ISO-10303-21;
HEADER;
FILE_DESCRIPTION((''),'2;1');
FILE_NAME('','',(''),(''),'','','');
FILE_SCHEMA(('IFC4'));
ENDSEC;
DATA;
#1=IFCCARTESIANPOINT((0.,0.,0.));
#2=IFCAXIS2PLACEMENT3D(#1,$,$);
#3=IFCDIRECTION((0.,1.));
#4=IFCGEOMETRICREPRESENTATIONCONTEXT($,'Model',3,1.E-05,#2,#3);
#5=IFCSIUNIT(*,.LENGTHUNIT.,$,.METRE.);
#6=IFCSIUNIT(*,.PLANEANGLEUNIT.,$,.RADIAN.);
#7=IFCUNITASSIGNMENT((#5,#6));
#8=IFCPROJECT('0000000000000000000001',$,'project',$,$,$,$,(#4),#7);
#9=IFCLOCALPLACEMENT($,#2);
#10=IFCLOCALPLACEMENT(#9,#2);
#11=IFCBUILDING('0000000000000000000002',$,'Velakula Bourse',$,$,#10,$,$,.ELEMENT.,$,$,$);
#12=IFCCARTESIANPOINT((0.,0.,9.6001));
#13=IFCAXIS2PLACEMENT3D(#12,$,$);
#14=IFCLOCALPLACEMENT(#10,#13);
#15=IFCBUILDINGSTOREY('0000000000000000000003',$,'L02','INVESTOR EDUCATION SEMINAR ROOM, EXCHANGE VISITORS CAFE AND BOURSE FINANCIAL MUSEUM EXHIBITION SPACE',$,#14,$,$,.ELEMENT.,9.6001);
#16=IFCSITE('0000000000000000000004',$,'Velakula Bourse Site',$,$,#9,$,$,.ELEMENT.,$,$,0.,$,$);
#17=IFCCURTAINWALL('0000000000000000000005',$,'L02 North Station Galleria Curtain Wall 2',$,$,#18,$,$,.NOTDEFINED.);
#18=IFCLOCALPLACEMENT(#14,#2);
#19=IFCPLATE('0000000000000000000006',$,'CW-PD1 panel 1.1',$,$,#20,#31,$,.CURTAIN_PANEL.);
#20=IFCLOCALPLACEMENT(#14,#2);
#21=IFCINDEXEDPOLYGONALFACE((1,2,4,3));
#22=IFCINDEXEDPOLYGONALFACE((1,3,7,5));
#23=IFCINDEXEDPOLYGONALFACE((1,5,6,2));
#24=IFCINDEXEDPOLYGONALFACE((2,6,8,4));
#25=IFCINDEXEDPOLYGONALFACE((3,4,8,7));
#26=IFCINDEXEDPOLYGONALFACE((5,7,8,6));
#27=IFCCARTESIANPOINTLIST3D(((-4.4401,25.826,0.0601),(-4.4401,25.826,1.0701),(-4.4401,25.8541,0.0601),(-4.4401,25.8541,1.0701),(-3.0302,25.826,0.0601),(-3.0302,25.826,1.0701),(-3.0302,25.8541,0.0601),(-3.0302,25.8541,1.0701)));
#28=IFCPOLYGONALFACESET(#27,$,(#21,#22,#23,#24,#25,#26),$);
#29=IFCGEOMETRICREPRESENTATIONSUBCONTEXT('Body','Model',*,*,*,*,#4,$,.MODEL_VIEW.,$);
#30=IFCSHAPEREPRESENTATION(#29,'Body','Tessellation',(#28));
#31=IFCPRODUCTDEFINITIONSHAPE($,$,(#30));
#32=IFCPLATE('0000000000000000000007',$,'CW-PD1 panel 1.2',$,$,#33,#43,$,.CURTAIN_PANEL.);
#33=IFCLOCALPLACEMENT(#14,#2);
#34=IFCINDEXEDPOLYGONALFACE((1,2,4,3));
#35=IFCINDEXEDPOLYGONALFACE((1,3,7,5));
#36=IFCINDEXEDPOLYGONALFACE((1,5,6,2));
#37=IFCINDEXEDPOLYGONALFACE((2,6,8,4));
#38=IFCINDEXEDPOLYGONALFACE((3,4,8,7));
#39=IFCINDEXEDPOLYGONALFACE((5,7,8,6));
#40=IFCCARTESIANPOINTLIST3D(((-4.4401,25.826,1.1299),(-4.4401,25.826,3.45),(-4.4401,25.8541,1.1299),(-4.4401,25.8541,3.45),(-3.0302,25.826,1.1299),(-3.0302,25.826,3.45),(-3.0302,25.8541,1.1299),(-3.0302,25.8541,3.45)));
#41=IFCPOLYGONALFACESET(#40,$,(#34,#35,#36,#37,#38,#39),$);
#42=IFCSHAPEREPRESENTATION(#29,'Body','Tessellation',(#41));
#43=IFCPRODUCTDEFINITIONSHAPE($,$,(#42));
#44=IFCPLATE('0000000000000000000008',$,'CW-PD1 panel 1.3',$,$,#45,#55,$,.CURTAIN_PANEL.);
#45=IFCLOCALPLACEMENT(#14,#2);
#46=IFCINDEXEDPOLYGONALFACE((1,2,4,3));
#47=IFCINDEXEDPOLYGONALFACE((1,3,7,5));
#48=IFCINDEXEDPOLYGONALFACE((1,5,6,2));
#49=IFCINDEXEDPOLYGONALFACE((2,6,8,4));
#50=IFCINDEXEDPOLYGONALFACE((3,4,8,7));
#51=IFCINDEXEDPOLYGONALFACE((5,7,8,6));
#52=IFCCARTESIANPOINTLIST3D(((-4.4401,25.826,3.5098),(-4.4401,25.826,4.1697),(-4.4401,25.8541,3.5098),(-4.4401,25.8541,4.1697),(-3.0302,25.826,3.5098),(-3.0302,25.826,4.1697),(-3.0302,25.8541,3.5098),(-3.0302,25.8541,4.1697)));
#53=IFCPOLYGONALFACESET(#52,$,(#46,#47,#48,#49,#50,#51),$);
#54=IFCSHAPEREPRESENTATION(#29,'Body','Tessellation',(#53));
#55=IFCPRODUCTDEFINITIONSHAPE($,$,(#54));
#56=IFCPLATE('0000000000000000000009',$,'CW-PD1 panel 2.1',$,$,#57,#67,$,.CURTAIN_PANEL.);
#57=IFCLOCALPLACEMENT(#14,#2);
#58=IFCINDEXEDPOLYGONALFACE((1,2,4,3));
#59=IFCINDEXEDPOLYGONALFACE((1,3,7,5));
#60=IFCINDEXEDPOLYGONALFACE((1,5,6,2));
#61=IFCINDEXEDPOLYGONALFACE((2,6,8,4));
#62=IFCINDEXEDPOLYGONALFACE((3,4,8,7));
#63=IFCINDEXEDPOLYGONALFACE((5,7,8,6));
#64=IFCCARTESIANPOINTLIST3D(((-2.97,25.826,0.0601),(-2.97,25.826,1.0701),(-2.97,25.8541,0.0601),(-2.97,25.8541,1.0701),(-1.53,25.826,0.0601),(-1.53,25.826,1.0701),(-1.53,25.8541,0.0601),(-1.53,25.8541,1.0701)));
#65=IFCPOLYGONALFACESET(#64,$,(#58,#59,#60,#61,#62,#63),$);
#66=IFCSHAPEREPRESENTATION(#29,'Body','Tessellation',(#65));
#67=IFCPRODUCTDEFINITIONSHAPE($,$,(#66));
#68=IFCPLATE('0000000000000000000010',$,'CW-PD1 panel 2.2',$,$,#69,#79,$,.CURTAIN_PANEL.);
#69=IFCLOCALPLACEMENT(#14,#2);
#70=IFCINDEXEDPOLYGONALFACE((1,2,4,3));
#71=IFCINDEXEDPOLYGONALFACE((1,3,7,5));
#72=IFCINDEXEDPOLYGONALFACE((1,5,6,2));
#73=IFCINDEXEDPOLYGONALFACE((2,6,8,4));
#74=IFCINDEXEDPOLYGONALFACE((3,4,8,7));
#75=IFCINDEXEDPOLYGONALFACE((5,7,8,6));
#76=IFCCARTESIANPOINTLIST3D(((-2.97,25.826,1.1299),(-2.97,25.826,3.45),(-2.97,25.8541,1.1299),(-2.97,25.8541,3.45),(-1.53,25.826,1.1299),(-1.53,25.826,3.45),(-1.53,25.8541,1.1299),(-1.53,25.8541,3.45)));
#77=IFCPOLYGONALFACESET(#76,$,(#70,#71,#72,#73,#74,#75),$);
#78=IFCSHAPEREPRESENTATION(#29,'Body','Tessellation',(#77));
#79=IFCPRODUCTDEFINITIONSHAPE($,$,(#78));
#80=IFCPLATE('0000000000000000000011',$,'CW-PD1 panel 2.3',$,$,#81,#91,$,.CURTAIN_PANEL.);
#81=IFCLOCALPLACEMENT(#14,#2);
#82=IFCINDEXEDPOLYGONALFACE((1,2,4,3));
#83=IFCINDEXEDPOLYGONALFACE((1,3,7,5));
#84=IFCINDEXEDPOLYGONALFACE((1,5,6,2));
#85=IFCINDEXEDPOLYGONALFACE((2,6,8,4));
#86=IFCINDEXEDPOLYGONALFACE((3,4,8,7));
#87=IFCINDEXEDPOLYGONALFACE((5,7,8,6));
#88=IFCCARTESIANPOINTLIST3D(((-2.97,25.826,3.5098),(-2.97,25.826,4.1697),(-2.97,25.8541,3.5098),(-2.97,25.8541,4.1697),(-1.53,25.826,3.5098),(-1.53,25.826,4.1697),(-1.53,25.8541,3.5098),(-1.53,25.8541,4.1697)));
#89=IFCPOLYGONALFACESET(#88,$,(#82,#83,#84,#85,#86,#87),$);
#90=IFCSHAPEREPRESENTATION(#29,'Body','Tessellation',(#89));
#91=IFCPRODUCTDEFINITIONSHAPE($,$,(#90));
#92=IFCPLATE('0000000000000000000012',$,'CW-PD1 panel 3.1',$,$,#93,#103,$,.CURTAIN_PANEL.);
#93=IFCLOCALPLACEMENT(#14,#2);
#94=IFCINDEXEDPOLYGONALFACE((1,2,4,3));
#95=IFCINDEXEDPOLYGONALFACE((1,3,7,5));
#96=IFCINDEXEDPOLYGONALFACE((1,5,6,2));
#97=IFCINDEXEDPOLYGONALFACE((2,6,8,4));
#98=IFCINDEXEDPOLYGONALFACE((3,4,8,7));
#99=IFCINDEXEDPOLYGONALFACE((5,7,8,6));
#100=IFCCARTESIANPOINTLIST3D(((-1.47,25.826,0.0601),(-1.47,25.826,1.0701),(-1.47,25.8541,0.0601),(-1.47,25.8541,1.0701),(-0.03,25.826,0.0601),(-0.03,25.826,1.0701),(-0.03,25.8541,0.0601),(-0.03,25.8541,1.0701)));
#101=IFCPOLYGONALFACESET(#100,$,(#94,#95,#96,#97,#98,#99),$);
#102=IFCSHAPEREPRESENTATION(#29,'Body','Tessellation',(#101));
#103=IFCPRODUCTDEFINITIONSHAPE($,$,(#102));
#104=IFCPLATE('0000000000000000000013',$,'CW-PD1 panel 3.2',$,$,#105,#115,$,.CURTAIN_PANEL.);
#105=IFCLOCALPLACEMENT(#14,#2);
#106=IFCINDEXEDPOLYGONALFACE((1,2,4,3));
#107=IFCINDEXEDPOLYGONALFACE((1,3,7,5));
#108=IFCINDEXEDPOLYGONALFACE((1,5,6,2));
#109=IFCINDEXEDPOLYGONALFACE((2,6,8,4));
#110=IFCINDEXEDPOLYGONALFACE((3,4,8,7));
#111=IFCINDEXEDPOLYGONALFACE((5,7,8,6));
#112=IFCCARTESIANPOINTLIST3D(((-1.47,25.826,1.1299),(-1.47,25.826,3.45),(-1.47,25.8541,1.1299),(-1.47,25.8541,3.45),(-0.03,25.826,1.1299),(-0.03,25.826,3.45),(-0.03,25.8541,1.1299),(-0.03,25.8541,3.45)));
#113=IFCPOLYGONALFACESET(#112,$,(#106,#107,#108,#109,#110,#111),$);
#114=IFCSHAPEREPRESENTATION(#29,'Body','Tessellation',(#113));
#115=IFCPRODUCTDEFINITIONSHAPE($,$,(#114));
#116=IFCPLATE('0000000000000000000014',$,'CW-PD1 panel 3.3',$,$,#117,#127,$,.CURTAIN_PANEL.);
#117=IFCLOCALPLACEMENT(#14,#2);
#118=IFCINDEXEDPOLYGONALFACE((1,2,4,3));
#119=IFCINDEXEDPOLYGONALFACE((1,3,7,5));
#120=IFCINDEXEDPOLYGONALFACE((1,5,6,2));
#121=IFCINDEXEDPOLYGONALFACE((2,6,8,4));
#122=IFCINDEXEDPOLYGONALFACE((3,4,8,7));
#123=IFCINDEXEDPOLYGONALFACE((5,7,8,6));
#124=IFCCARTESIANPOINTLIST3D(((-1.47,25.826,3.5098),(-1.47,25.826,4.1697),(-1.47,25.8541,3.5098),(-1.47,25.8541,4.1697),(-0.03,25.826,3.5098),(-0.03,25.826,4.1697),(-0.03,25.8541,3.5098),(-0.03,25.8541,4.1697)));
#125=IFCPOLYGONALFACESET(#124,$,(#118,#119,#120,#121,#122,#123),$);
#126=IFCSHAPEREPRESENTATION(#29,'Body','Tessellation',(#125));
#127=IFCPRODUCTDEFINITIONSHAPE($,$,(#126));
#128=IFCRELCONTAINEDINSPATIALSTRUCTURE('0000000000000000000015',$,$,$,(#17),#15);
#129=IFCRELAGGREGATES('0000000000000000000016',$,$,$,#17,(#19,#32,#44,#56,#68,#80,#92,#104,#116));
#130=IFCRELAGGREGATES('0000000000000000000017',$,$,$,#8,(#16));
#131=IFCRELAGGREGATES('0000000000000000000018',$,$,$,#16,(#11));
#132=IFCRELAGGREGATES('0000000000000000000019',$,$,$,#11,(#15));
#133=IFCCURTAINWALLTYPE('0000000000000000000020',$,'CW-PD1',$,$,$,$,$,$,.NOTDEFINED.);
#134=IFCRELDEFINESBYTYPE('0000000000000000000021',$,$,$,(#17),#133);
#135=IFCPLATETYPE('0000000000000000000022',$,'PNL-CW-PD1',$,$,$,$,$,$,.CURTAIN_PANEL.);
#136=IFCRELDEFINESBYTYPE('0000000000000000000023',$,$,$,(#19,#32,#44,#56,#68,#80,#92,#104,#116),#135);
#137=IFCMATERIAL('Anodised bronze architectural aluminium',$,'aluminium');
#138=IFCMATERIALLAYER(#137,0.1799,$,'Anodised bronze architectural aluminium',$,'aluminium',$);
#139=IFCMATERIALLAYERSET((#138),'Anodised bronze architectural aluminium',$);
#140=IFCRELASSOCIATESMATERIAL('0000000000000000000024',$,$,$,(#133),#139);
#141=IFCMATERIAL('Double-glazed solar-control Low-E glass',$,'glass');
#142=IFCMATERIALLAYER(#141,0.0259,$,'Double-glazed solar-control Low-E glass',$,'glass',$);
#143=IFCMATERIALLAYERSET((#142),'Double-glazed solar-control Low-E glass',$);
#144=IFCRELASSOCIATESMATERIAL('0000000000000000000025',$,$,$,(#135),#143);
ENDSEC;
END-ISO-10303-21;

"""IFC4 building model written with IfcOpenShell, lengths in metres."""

from ifc_helpers import new_model, si_unit, direction, frame, origin, origin_2d, place, context, subcontext, project, spatial, rectangle, extrude, material, layer, layer_set, type_object, element, aggregate, save


model = new_model("IFC4")

# Units and contexts
model_context = context("Model", 3, precision=1e-05, world=origin(), true_north=direction((0.0, 1.0)))
body_context = subcontext(model_context, "Body", "Model", "MODEL_VIEW")
ifc_project = project(units=[si_unit("LENGTHUNIT", "METRE"), si_unit("PLANEANGLEUNIT", "RADIAN")], contexts=[model_context])

# Site, building, storey
site_placement = place(None, origin())
site = spatial("IfcSite", under=ifc_project, at=site_placement, Name="Velakula Bourse Site", CompositionType="ELEMENT", RefElevation=0.0)
building_placement = place(site_placement, origin())
building = spatial("IfcBuilding", under=site, at=building_placement, Name="Velakula Bourse", CompositionType="ELEMENT")
storey_placement = place(building_placement, frame((0.0, 0.0, 9.6001)))
storey = spatial("IfcBuildingStorey", under=building, at=storey_placement, Name="L02", Description="INVESTOR EDUCATION SEMINAR ROOM, EXCHANGE VISITORS CAFE AND BOURSE FINANCIAL MUSEUM EXHIBITION SPACE", CompositionType="ELEMENT", Elevation=9.6001)

# Curtain wall, plates
ifc_material_1 = material(Name="Anodised bronze architectural aluminium", Category="aluminium")
ifc_layer_1 = layer(ifc_material_1, 0.1799, Name="Anodised bronze architectural aluminium", Category="aluminium")
ifc_layer_set_1 = layer_set([ifc_layer_1], Name="Anodised bronze architectural aluminium")
curtain_wall_type = type_object("IfcCurtainWallType", Name="CW-PD1", PredefinedType="NOTDEFINED", material=ifc_layer_set_1)
curtain_wall_placement = place(storey_placement, origin())
curtain_wall = element("IfcCurtainWall", 1, at=curtain_wall_placement, inside=storey, type_object=curtain_wall_type, Name="L02 North Station Galleria Curtain Wall 2", PredefinedType="NOTDEFINED")
ifc_material_2 = material(Name="Double-glazed solar-control Low-E glass", Category="glass")
ifc_layer_2 = layer(ifc_material_2, 0.0259, Name="Double-glazed solar-control Low-E glass", Category="glass")
ifc_layer_set_2 = layer_set([ifc_layer_2], Name="Double-glazed solar-control Low-E glass")
plate_type = type_object("IfcPlateType", Name="PNL-CW-PD1", PredefinedType="CURTAIN_PANEL", material=ifc_layer_set_2)
plate_1_placement = place(storey_placement, frame((-3.7351, 25.8401, 0.0601), z_axis=(0.0, 0.0, 1.0), x_axis=(1.0, 0.0, 0.0)))
plate_1 = element("IfcPlate", 2, at=plate_1_placement, type_object=plate_type, Name="CW-PD1 panel 1.1", PredefinedType="CURTAIN_PANEL", context=body_context, shape_type="SweptSolid", body=[
    extrude(rectangle(XDim=1.4099, YDim=0.0281, at=origin_2d()), origin(), (0.0, 0.0, 1.0), 1.01),
])
plate_2_placement = place(storey_placement, frame((-3.7351, 25.8401, 1.1299), z_axis=(0.0, 0.0, 1.0), x_axis=(1.0, 0.0, 0.0)))
plate_2 = element("IfcPlate", 3, at=plate_2_placement, type_object=plate_type, Name="CW-PD1 panel 1.2", PredefinedType="CURTAIN_PANEL", context=body_context, shape_type="SweptSolid", body=[
    extrude(rectangle(XDim=1.4099, YDim=0.0281, at=origin_2d()), origin(), (0.0, 0.0, 1.0), 2.3201),
])
plate_3_placement = place(storey_placement, frame((-3.7351, 25.8401, 3.5098), z_axis=(0.0, 0.0, 1.0), x_axis=(1.0, 0.0, 0.0)))
plate_3 = element("IfcPlate", 4, at=plate_3_placement, type_object=plate_type, Name="CW-PD1 panel 1.3", PredefinedType="CURTAIN_PANEL", context=body_context, shape_type="SweptSolid", body=[
    extrude(rectangle(XDim=1.4099, YDim=0.0281, at=origin_2d()), origin(), (0.0, 0.0, 1.0), 0.6599),
])
plate_4_placement = place(storey_placement, frame((-2.25, 25.8401, 0.0601), z_axis=(0.0, 0.0, 1.0), x_axis=(1.0, 0.0, 0.0)))
plate_4 = element("IfcPlate", 5, at=plate_4_placement, type_object=plate_type, Name="CW-PD1 panel 2.1", PredefinedType="CURTAIN_PANEL", context=body_context, shape_type="SweptSolid", body=[
    extrude(rectangle(XDim=1.4399, YDim=0.0281, at=origin_2d()), origin(), (0.0, 0.0, 1.0), 1.01),
])
plate_5_placement = place(storey_placement, frame((-2.25, 25.8401, 1.1299), z_axis=(0.0, 0.0, 1.0), x_axis=(1.0, 0.0, 0.0)))
plate_5 = element("IfcPlate", 6, at=plate_5_placement, type_object=plate_type, Name="CW-PD1 panel 2.2", PredefinedType="CURTAIN_PANEL", context=body_context, shape_type="SweptSolid", body=[
    extrude(rectangle(XDim=1.4399, YDim=0.0281, at=origin_2d()), origin(), (0.0, 0.0, 1.0), 2.3201),
])
plate_6_placement = place(storey_placement, frame((-2.25, 25.8401, 3.5098), z_axis=(0.0, 0.0, 1.0), x_axis=(1.0, 0.0, 0.0)))
plate_6 = element("IfcPlate", 7, at=plate_6_placement, type_object=plate_type, Name="CW-PD1 panel 2.3", PredefinedType="CURTAIN_PANEL", context=body_context, shape_type="SweptSolid", body=[
    extrude(rectangle(XDim=1.4399, YDim=0.0281, at=origin_2d()), origin(), (0.0, 0.0, 1.0), 0.6599),
])
plate_7_placement = place(storey_placement, frame((-0.75, 25.8401, 0.0601), z_axis=(0.0, 0.0, 1.0), x_axis=(1.0, 0.0, 0.0)))
plate_7 = element("IfcPlate", 8, at=plate_7_placement, type_object=plate_type, Name="CW-PD1 panel 3.1", PredefinedType="CURTAIN_PANEL", context=body_context, shape_type="SweptSolid", body=[
    extrude(rectangle(XDim=1.4399, YDim=0.0281, at=origin_2d()), origin(), (0.0, 0.0, 1.0), 1.01),
])
plate_8_placement = place(storey_placement, frame((-0.75, 25.8401, 1.1299), z_axis=(0.0, 0.0, 1.0), x_axis=(1.0, 0.0, 0.0)))
plate_8 = element("IfcPlate", 9, at=plate_8_placement, type_object=plate_type, Name="CW-PD1 panel 3.2", PredefinedType="CURTAIN_PANEL", context=body_context, shape_type="SweptSolid", body=[
    extrude(rectangle(XDim=1.4399, YDim=0.0281, at=origin_2d()), origin(), (0.0, 0.0, 1.0), 2.3201),
])
plate_9_placement = place(storey_placement, frame((-0.75, 25.8401, 3.5098), z_axis=(0.0, 0.0, 1.0), x_axis=(1.0, 0.0, 0.0)))
plate_9 = element("IfcPlate", 10, at=plate_9_placement, type_object=plate_type, Name="CW-PD1 panel 3.3", PredefinedType="CURTAIN_PANEL", context=body_context, shape_type="SweptSolid", body=[
    extrude(rectangle(XDim=1.4399, YDim=0.0281, at=origin_2d()), origin(), (0.0, 0.0, 1.0), 0.6599),
])
aggregate(curtain_wall, [plate_1, plate_2, plate_3, plate_4, plate_5, plate_6, plate_7, plate_8, plate_9])

save(model, "model.ifc")
